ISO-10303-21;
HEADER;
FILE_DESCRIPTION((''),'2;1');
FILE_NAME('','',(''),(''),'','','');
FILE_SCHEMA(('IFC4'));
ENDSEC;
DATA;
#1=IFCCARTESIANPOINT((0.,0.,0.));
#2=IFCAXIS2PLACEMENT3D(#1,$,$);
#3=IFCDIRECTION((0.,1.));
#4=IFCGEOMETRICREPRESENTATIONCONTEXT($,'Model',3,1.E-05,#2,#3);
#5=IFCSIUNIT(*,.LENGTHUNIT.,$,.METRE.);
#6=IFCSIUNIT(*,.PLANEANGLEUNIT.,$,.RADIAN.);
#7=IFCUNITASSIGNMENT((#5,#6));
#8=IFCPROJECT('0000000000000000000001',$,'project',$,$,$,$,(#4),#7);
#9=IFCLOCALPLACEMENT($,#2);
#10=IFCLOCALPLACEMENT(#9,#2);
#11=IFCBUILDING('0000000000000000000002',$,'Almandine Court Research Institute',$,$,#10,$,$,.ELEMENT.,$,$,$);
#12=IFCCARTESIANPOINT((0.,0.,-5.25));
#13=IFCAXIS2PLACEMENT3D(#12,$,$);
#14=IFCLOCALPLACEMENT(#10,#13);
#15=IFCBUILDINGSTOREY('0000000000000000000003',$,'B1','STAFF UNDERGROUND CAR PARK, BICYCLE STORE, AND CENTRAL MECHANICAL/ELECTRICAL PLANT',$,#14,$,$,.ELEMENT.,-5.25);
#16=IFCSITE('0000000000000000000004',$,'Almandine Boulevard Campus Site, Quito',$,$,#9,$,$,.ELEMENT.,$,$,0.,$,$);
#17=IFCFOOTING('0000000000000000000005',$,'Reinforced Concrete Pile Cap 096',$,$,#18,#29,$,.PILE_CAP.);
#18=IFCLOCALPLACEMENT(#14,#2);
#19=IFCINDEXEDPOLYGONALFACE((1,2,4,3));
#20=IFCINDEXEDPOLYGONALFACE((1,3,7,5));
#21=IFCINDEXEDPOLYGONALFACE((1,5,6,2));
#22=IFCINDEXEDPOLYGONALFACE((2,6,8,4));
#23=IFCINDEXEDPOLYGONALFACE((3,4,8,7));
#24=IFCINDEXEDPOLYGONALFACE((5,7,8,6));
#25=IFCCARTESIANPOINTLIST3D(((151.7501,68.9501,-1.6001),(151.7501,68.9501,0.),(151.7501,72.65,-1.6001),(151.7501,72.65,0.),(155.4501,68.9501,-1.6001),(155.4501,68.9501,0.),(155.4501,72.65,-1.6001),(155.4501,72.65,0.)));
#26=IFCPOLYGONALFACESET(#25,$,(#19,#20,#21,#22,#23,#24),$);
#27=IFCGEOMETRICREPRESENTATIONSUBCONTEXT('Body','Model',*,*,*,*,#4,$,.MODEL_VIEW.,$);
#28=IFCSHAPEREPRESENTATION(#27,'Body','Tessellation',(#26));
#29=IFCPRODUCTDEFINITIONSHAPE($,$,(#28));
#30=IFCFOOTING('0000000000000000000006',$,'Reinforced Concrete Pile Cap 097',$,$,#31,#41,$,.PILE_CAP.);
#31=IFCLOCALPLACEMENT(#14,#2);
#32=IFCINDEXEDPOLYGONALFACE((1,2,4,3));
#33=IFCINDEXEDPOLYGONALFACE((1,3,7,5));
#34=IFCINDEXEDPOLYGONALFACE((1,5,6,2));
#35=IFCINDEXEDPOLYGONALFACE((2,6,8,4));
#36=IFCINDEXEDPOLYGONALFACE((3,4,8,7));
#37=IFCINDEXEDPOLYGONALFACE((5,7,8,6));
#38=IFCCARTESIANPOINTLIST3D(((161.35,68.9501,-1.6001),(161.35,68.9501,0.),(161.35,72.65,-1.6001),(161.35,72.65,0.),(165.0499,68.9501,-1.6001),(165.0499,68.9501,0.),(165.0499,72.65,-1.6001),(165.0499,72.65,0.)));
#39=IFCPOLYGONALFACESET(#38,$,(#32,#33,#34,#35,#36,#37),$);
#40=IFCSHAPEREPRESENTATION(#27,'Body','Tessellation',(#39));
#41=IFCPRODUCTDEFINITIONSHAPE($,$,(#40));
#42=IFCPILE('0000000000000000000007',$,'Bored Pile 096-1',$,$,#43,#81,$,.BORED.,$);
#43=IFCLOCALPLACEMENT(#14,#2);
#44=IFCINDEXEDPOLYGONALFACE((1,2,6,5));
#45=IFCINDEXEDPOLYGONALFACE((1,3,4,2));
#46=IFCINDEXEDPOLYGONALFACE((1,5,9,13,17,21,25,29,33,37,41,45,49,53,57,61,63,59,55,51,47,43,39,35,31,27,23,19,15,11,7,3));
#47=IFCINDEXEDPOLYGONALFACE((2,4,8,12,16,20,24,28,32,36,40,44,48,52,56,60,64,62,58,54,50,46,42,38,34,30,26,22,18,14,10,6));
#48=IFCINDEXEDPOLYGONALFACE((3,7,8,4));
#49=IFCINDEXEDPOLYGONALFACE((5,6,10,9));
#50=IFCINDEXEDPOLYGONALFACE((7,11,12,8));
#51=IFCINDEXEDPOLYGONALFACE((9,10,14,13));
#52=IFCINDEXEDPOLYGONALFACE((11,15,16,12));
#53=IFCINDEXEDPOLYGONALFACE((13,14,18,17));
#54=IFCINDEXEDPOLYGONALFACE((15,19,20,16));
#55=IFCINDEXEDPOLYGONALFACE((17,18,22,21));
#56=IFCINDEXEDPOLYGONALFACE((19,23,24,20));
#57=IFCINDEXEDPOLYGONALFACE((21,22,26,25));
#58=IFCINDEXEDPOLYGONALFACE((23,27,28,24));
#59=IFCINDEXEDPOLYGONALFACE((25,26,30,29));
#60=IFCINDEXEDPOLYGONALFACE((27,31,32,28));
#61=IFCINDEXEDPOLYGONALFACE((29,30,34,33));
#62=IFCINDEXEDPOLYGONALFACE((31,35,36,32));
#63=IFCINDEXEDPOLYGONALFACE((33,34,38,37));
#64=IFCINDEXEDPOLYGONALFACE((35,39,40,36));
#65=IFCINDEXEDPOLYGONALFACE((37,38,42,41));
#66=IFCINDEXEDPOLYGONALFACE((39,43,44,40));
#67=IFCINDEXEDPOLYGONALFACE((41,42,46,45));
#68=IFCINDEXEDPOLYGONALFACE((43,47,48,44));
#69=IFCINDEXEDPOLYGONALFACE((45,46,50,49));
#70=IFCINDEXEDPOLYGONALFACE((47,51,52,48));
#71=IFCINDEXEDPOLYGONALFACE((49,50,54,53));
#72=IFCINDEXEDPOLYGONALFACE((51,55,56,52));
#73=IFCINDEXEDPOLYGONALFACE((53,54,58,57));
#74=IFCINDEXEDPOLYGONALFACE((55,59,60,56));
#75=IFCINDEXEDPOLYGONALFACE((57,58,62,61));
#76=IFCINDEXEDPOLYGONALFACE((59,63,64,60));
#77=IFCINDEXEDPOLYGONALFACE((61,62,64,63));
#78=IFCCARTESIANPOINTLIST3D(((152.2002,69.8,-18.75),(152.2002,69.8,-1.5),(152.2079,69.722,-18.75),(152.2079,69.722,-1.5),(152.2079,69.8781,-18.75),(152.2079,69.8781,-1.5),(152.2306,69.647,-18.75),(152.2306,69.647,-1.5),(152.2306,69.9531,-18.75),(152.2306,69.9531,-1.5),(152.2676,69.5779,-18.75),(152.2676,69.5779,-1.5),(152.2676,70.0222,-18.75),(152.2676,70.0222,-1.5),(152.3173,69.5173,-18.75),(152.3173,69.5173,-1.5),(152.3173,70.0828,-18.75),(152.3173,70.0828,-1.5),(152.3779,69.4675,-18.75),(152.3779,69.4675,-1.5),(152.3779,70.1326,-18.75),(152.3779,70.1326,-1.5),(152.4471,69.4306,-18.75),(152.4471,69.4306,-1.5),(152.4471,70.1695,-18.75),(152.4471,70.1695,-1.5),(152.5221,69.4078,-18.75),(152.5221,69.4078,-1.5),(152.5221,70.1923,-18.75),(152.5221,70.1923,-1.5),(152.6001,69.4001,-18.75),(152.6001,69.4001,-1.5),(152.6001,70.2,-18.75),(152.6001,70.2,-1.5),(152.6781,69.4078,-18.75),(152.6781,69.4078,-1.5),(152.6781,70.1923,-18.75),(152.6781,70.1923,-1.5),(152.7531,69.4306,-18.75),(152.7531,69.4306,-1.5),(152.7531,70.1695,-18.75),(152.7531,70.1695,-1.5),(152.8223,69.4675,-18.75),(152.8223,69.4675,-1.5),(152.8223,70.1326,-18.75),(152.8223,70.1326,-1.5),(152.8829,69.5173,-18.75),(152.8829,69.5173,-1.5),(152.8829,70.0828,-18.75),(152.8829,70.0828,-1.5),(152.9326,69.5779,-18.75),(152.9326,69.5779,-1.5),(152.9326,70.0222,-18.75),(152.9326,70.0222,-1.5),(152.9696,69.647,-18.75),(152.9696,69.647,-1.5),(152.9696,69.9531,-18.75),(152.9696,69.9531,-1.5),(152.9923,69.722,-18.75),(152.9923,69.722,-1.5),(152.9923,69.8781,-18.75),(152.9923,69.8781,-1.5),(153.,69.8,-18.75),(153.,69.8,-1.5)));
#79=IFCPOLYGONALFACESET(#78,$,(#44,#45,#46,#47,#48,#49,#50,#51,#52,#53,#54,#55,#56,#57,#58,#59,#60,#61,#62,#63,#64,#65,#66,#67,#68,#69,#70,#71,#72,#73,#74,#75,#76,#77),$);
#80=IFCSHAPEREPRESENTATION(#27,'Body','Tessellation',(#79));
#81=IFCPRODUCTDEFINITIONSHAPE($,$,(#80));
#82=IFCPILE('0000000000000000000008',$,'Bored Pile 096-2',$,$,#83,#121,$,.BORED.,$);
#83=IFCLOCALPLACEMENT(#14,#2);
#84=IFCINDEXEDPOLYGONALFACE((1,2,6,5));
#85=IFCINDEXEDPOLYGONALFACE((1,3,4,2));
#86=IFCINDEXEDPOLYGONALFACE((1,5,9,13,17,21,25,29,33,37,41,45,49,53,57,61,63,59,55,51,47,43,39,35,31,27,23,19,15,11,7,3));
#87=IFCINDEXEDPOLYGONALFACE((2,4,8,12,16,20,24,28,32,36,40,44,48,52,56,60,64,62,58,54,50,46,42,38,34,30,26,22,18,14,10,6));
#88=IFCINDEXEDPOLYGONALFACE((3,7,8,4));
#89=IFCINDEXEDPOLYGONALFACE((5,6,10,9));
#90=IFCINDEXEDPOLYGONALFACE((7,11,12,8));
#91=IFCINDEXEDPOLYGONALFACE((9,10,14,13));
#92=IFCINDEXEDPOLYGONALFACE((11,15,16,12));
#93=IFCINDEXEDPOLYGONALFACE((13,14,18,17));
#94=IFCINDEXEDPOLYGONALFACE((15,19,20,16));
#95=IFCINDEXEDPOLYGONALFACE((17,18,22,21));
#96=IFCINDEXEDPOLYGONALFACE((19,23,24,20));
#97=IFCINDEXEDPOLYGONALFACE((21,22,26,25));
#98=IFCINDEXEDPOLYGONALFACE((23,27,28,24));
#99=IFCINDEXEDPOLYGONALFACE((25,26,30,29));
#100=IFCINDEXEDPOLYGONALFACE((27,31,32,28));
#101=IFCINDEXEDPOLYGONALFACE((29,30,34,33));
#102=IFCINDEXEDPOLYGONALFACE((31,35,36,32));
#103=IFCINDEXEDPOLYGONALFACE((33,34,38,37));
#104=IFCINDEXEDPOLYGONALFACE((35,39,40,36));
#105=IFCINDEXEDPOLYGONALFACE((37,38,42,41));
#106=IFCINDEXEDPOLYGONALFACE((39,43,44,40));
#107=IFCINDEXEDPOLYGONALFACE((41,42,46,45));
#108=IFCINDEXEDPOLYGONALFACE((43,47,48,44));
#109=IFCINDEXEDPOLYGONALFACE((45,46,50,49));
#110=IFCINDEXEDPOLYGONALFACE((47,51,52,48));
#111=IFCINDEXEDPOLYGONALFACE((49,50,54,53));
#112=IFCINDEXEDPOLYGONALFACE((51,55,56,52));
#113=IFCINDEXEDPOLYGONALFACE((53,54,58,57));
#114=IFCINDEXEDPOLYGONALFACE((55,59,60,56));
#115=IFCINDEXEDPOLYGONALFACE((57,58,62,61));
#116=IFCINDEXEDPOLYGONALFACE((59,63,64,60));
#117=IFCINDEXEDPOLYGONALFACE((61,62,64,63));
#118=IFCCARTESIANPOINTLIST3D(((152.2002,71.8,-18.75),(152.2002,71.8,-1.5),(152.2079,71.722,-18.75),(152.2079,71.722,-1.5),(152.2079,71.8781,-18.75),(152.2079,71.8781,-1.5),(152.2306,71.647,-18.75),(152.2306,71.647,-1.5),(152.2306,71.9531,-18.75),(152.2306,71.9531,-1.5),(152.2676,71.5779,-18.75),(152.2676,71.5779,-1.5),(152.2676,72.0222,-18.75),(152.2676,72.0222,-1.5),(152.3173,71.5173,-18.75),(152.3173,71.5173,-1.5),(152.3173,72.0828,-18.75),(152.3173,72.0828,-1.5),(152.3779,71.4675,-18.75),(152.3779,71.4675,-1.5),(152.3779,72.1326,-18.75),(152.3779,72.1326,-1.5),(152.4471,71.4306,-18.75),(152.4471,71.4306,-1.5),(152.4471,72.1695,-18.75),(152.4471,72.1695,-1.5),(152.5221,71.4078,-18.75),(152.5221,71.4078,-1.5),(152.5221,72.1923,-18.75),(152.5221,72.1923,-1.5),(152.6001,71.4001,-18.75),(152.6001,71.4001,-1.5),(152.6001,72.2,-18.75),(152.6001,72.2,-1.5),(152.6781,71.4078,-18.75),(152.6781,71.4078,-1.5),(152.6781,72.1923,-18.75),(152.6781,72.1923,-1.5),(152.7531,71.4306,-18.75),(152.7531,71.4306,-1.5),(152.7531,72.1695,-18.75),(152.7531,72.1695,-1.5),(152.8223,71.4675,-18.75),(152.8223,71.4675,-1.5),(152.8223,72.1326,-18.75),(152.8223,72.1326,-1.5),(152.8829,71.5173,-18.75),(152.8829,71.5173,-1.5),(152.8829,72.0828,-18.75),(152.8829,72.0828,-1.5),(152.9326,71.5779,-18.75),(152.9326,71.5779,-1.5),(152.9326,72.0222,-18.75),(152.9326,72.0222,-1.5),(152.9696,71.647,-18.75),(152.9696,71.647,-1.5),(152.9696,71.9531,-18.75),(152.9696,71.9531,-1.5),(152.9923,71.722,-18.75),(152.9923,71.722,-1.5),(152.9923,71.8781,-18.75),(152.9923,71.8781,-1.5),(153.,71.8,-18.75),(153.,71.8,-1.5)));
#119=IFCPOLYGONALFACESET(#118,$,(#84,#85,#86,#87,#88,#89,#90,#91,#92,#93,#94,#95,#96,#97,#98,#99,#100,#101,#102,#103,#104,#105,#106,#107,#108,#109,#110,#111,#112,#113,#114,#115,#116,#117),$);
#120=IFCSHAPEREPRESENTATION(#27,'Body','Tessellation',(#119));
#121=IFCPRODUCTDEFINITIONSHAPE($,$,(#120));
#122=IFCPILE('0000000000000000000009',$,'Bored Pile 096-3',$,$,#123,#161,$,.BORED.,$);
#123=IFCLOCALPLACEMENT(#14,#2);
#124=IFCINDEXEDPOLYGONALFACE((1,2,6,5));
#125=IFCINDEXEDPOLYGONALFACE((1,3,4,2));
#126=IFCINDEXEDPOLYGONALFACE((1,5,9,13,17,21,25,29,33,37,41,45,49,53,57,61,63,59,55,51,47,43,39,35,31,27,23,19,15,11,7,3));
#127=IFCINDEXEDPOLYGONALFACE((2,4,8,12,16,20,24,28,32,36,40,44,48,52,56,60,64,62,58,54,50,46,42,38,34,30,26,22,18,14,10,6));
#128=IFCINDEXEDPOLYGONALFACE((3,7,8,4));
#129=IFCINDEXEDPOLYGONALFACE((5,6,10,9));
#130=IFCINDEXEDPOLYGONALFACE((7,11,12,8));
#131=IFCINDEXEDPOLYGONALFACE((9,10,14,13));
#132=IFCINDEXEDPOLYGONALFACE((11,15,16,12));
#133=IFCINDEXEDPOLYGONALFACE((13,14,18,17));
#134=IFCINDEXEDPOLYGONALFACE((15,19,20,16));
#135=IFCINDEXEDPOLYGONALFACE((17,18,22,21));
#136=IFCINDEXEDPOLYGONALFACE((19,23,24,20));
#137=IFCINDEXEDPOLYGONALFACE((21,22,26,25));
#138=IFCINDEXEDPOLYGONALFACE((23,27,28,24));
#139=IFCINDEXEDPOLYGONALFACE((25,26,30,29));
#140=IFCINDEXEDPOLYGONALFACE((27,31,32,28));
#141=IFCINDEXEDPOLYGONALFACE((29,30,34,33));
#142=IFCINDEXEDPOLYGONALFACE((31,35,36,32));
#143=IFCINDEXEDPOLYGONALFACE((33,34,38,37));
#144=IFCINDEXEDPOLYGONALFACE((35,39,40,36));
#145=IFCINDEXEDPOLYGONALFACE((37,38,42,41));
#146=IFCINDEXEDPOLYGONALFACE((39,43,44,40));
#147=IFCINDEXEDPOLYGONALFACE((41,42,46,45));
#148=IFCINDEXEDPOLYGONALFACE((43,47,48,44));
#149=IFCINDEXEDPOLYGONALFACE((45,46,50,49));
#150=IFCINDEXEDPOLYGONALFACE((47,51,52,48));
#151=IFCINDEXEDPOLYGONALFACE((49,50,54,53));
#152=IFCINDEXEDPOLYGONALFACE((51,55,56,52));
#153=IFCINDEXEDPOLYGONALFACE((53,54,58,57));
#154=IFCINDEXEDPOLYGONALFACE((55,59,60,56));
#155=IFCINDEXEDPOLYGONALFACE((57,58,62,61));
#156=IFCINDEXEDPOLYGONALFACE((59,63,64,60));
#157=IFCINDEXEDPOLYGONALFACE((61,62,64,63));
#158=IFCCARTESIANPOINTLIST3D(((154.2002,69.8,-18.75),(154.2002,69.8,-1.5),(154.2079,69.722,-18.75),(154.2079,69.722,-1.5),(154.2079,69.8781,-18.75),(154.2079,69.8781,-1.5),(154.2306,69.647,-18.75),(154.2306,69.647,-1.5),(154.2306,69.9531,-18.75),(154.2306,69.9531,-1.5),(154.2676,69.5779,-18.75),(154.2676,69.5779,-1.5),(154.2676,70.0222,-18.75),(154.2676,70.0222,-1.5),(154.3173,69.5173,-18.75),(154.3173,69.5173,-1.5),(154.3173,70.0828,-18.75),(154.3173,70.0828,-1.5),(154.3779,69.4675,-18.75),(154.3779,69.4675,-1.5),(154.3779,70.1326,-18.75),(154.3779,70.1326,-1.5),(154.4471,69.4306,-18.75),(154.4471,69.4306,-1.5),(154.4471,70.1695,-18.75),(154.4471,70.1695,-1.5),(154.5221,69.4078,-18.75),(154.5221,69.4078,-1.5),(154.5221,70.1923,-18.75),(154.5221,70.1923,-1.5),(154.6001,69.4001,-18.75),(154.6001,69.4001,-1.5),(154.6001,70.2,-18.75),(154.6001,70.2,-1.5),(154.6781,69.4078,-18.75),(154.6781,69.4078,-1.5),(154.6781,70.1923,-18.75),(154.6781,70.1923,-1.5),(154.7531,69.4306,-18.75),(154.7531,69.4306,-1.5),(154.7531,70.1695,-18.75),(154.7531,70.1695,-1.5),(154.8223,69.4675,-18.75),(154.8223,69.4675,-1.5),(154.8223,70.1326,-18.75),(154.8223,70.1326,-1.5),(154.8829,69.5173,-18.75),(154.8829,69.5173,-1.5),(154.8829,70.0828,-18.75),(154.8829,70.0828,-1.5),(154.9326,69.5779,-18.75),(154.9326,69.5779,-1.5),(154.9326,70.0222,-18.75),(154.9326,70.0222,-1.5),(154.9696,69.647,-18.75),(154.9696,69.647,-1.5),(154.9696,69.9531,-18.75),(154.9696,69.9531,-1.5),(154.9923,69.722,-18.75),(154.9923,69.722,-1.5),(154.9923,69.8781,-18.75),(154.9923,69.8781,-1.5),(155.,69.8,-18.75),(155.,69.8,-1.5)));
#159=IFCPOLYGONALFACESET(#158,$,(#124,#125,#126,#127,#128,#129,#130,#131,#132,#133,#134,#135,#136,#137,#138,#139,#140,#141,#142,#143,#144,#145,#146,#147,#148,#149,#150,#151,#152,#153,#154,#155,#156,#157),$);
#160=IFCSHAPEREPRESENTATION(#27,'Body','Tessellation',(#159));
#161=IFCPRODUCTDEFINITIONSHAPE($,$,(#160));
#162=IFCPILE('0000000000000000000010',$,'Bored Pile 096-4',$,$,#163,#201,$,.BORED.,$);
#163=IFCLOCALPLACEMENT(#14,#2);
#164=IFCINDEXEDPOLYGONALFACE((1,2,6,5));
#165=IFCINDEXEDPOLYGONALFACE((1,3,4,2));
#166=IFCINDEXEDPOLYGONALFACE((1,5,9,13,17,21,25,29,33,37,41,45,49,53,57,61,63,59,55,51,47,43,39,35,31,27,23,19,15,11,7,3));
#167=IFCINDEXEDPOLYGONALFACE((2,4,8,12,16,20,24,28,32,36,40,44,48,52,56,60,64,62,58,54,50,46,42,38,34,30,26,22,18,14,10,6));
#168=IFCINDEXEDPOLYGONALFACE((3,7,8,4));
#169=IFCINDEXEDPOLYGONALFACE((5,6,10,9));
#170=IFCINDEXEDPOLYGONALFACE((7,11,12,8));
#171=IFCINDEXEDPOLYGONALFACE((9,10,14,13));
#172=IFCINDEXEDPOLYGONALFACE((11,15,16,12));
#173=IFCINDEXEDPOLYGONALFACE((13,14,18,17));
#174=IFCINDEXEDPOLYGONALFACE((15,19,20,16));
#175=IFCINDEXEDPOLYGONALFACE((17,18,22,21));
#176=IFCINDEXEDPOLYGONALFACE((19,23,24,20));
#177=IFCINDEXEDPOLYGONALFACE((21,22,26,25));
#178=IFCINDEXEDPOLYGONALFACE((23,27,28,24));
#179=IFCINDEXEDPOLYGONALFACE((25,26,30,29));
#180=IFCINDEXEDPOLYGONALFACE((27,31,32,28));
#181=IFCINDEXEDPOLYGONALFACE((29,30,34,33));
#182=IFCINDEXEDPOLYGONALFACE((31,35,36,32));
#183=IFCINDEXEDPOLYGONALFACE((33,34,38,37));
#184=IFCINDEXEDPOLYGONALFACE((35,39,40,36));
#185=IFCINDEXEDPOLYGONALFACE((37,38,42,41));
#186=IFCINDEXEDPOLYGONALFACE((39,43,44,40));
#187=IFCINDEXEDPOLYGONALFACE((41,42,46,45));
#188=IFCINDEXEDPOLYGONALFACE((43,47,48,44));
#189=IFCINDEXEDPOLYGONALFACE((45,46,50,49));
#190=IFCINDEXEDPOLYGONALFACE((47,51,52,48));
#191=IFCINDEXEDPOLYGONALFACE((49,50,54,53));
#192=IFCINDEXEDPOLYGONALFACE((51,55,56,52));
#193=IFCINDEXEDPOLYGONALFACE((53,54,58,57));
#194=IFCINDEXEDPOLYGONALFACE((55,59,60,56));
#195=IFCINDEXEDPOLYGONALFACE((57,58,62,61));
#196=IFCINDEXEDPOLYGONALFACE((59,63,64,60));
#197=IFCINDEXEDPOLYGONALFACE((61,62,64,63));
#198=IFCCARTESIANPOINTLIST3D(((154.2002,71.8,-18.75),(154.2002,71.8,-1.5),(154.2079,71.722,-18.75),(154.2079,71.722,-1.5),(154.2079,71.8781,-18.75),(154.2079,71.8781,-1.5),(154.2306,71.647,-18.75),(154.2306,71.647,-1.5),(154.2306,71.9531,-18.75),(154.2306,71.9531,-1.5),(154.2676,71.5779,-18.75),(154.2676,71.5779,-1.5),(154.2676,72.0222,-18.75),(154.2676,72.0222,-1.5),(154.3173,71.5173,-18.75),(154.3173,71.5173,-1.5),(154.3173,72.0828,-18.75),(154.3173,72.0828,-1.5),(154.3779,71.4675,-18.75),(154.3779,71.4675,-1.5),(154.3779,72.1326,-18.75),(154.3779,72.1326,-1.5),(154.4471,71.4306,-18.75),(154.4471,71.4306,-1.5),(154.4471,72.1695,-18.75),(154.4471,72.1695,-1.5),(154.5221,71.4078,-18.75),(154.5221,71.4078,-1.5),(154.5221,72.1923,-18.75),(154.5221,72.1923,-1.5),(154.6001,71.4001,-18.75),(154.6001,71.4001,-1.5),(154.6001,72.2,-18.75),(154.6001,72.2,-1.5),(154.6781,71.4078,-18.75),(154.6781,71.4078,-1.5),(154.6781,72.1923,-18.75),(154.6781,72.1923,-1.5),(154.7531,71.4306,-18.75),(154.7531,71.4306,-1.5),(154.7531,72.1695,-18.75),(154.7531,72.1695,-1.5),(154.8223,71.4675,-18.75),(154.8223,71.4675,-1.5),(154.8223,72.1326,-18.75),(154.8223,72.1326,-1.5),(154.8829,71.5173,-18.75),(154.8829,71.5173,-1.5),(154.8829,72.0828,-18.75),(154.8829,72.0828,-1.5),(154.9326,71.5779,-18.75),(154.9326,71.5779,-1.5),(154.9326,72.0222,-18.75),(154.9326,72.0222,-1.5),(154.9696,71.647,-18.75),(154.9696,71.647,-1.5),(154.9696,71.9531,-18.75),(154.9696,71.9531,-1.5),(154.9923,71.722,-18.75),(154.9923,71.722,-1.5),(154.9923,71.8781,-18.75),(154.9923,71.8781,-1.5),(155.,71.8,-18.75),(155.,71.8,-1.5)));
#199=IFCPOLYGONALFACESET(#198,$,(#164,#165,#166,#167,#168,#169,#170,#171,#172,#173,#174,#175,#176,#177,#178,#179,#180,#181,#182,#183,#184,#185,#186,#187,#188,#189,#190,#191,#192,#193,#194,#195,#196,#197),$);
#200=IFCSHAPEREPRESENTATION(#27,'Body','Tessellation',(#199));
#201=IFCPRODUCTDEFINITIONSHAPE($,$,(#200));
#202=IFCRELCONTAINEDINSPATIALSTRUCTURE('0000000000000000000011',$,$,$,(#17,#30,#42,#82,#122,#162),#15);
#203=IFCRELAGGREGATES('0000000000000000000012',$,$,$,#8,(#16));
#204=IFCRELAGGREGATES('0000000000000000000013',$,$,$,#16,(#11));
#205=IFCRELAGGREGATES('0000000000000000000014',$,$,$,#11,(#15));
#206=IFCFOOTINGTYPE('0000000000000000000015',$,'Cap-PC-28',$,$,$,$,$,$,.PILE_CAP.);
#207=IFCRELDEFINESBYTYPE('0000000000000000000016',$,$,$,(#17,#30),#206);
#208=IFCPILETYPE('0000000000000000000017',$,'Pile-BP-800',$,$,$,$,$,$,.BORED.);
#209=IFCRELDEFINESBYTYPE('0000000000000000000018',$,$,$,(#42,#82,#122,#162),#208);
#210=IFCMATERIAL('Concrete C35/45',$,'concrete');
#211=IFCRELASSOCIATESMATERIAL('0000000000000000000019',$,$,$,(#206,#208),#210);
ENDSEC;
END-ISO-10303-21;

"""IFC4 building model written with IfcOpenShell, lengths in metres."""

from ifc_helpers import new_model, si_unit, direction, frame, origin, origin_2d, place, context, subcontext, project, spatial, rectangle, circle, extrude, material, material_profile, profile_set, type_object, element, save


model = new_model("IFC4")

# Units and contexts
model_context = context("Model", 3, precision=1e-05, world=origin(), true_north=direction((0.0, 1.0)))
body_context = subcontext(model_context, "Body", "Model", "MODEL_VIEW")
ifc_project = project(units=[si_unit("LENGTHUNIT", "METRE"), si_unit("PLANEANGLEUNIT", "RADIAN")], contexts=[model_context])

# Site, building, storey
site_placement = place(None, origin())
site = spatial("IfcSite", under=ifc_project, at=site_placement, Name="Almandine Boulevard Campus Site, Quito", CompositionType="ELEMENT", RefElevation=0.0)
building_placement = place(site_placement, origin())
building = spatial("IfcBuilding", under=site, at=building_placement, Name="Almandine Court Research Institute", CompositionType="ELEMENT")
storey_placement = place(building_placement, frame((0.0, 0.0, -5.25)))
storey = spatial("IfcBuildingStorey", under=building, at=storey_placement, Name="B1", Description="STAFF UNDERGROUND CAR PARK, BICYCLE STORE, AND CENTRAL MECHANICAL/ELECTRICAL PLANT", CompositionType="ELEMENT", Elevation=-5.25)

# Footings
ifc_material_1 = material(Name="Concrete C35/45", Category="concrete")
footing_type_1 = type_object("IfcFootingType", Name="Cap-PC-28", PredefinedType="PILE_CAP", material=ifc_material_1)
for number, where, z_axis, x_axis, name in (
    (1, (153.6001, 70.8, -1.6001), (0.0, 0.0, 1.0), (1.0, 0.0, 0.0), "Reinforced Concrete Pile Cap 096"),
    (2, (163.2, 70.8, -1.6001), (0.0, 0.0, 1.0), (1.0, 0.0, 0.0), "Reinforced Concrete Pile Cap 097"),
):
    element("IfcFooting", number, at=place(storey_placement, frame(where, z_axis=z_axis, x_axis=x_axis)), inside=storey, type_object=footing_type_1, Name=name, PredefinedType="PILE_CAP", context=body_context, shape_type="SweptSolid", body=[
        extrude(rectangle(XDim=3.7, YDim=3.7, at=origin_2d()), origin(), (0.0, 0.0, 1.0), 1.6001),
    ])

# Piles
ifc_material_profile_1 = material_profile(ifc_material_1, circle(Radius=0.3999, at=origin_2d()), Name="BORED PILE D800")
ifc_profile_set_1 = profile_set([ifc_material_profile_1], Name="Concrete C35/45")
pile_type = type_object("IfcPileType", Name="Pile-BP-800", PredefinedType="BORED", material=ifc_profile_set_1)
for number, where, z_axis, x_axis, name in (
    (3, (152.6001, 69.8, -1.5), (0.0, 0.0, -1.0), (1.0, 0.0, 0.0), "Bored Pile 096-1"),
    (4, (152.6001, 71.8, -1.5), (0.0, 0.0, -1.0), (1.0, 0.0, 0.0), "Bored Pile 096-2"),
    (5, (154.6001, 69.8, -1.5), (0.0, 0.0, -1.0), (1.0, 0.0, 0.0), "Bored Pile 096-3"),
    (6, (154.6001, 71.8, -1.5), (0.0, 0.0, -1.0), (1.0, 0.0, 0.0), "Bored Pile 096-4"),
):
    element("IfcPile", number, at=place(storey_placement, frame(where, z_axis=z_axis, x_axis=x_axis)), inside=storey, type_object=pile_type, Name=name, PredefinedType="BORED", context=body_context, shape_type="SweptSolid", body=[
        extrude(circle(Radius=0.3999, at=origin_2d()), origin(), (0.0, 0.0, 1.0), 17.25),
    ])

save(model, "model.ifc")
